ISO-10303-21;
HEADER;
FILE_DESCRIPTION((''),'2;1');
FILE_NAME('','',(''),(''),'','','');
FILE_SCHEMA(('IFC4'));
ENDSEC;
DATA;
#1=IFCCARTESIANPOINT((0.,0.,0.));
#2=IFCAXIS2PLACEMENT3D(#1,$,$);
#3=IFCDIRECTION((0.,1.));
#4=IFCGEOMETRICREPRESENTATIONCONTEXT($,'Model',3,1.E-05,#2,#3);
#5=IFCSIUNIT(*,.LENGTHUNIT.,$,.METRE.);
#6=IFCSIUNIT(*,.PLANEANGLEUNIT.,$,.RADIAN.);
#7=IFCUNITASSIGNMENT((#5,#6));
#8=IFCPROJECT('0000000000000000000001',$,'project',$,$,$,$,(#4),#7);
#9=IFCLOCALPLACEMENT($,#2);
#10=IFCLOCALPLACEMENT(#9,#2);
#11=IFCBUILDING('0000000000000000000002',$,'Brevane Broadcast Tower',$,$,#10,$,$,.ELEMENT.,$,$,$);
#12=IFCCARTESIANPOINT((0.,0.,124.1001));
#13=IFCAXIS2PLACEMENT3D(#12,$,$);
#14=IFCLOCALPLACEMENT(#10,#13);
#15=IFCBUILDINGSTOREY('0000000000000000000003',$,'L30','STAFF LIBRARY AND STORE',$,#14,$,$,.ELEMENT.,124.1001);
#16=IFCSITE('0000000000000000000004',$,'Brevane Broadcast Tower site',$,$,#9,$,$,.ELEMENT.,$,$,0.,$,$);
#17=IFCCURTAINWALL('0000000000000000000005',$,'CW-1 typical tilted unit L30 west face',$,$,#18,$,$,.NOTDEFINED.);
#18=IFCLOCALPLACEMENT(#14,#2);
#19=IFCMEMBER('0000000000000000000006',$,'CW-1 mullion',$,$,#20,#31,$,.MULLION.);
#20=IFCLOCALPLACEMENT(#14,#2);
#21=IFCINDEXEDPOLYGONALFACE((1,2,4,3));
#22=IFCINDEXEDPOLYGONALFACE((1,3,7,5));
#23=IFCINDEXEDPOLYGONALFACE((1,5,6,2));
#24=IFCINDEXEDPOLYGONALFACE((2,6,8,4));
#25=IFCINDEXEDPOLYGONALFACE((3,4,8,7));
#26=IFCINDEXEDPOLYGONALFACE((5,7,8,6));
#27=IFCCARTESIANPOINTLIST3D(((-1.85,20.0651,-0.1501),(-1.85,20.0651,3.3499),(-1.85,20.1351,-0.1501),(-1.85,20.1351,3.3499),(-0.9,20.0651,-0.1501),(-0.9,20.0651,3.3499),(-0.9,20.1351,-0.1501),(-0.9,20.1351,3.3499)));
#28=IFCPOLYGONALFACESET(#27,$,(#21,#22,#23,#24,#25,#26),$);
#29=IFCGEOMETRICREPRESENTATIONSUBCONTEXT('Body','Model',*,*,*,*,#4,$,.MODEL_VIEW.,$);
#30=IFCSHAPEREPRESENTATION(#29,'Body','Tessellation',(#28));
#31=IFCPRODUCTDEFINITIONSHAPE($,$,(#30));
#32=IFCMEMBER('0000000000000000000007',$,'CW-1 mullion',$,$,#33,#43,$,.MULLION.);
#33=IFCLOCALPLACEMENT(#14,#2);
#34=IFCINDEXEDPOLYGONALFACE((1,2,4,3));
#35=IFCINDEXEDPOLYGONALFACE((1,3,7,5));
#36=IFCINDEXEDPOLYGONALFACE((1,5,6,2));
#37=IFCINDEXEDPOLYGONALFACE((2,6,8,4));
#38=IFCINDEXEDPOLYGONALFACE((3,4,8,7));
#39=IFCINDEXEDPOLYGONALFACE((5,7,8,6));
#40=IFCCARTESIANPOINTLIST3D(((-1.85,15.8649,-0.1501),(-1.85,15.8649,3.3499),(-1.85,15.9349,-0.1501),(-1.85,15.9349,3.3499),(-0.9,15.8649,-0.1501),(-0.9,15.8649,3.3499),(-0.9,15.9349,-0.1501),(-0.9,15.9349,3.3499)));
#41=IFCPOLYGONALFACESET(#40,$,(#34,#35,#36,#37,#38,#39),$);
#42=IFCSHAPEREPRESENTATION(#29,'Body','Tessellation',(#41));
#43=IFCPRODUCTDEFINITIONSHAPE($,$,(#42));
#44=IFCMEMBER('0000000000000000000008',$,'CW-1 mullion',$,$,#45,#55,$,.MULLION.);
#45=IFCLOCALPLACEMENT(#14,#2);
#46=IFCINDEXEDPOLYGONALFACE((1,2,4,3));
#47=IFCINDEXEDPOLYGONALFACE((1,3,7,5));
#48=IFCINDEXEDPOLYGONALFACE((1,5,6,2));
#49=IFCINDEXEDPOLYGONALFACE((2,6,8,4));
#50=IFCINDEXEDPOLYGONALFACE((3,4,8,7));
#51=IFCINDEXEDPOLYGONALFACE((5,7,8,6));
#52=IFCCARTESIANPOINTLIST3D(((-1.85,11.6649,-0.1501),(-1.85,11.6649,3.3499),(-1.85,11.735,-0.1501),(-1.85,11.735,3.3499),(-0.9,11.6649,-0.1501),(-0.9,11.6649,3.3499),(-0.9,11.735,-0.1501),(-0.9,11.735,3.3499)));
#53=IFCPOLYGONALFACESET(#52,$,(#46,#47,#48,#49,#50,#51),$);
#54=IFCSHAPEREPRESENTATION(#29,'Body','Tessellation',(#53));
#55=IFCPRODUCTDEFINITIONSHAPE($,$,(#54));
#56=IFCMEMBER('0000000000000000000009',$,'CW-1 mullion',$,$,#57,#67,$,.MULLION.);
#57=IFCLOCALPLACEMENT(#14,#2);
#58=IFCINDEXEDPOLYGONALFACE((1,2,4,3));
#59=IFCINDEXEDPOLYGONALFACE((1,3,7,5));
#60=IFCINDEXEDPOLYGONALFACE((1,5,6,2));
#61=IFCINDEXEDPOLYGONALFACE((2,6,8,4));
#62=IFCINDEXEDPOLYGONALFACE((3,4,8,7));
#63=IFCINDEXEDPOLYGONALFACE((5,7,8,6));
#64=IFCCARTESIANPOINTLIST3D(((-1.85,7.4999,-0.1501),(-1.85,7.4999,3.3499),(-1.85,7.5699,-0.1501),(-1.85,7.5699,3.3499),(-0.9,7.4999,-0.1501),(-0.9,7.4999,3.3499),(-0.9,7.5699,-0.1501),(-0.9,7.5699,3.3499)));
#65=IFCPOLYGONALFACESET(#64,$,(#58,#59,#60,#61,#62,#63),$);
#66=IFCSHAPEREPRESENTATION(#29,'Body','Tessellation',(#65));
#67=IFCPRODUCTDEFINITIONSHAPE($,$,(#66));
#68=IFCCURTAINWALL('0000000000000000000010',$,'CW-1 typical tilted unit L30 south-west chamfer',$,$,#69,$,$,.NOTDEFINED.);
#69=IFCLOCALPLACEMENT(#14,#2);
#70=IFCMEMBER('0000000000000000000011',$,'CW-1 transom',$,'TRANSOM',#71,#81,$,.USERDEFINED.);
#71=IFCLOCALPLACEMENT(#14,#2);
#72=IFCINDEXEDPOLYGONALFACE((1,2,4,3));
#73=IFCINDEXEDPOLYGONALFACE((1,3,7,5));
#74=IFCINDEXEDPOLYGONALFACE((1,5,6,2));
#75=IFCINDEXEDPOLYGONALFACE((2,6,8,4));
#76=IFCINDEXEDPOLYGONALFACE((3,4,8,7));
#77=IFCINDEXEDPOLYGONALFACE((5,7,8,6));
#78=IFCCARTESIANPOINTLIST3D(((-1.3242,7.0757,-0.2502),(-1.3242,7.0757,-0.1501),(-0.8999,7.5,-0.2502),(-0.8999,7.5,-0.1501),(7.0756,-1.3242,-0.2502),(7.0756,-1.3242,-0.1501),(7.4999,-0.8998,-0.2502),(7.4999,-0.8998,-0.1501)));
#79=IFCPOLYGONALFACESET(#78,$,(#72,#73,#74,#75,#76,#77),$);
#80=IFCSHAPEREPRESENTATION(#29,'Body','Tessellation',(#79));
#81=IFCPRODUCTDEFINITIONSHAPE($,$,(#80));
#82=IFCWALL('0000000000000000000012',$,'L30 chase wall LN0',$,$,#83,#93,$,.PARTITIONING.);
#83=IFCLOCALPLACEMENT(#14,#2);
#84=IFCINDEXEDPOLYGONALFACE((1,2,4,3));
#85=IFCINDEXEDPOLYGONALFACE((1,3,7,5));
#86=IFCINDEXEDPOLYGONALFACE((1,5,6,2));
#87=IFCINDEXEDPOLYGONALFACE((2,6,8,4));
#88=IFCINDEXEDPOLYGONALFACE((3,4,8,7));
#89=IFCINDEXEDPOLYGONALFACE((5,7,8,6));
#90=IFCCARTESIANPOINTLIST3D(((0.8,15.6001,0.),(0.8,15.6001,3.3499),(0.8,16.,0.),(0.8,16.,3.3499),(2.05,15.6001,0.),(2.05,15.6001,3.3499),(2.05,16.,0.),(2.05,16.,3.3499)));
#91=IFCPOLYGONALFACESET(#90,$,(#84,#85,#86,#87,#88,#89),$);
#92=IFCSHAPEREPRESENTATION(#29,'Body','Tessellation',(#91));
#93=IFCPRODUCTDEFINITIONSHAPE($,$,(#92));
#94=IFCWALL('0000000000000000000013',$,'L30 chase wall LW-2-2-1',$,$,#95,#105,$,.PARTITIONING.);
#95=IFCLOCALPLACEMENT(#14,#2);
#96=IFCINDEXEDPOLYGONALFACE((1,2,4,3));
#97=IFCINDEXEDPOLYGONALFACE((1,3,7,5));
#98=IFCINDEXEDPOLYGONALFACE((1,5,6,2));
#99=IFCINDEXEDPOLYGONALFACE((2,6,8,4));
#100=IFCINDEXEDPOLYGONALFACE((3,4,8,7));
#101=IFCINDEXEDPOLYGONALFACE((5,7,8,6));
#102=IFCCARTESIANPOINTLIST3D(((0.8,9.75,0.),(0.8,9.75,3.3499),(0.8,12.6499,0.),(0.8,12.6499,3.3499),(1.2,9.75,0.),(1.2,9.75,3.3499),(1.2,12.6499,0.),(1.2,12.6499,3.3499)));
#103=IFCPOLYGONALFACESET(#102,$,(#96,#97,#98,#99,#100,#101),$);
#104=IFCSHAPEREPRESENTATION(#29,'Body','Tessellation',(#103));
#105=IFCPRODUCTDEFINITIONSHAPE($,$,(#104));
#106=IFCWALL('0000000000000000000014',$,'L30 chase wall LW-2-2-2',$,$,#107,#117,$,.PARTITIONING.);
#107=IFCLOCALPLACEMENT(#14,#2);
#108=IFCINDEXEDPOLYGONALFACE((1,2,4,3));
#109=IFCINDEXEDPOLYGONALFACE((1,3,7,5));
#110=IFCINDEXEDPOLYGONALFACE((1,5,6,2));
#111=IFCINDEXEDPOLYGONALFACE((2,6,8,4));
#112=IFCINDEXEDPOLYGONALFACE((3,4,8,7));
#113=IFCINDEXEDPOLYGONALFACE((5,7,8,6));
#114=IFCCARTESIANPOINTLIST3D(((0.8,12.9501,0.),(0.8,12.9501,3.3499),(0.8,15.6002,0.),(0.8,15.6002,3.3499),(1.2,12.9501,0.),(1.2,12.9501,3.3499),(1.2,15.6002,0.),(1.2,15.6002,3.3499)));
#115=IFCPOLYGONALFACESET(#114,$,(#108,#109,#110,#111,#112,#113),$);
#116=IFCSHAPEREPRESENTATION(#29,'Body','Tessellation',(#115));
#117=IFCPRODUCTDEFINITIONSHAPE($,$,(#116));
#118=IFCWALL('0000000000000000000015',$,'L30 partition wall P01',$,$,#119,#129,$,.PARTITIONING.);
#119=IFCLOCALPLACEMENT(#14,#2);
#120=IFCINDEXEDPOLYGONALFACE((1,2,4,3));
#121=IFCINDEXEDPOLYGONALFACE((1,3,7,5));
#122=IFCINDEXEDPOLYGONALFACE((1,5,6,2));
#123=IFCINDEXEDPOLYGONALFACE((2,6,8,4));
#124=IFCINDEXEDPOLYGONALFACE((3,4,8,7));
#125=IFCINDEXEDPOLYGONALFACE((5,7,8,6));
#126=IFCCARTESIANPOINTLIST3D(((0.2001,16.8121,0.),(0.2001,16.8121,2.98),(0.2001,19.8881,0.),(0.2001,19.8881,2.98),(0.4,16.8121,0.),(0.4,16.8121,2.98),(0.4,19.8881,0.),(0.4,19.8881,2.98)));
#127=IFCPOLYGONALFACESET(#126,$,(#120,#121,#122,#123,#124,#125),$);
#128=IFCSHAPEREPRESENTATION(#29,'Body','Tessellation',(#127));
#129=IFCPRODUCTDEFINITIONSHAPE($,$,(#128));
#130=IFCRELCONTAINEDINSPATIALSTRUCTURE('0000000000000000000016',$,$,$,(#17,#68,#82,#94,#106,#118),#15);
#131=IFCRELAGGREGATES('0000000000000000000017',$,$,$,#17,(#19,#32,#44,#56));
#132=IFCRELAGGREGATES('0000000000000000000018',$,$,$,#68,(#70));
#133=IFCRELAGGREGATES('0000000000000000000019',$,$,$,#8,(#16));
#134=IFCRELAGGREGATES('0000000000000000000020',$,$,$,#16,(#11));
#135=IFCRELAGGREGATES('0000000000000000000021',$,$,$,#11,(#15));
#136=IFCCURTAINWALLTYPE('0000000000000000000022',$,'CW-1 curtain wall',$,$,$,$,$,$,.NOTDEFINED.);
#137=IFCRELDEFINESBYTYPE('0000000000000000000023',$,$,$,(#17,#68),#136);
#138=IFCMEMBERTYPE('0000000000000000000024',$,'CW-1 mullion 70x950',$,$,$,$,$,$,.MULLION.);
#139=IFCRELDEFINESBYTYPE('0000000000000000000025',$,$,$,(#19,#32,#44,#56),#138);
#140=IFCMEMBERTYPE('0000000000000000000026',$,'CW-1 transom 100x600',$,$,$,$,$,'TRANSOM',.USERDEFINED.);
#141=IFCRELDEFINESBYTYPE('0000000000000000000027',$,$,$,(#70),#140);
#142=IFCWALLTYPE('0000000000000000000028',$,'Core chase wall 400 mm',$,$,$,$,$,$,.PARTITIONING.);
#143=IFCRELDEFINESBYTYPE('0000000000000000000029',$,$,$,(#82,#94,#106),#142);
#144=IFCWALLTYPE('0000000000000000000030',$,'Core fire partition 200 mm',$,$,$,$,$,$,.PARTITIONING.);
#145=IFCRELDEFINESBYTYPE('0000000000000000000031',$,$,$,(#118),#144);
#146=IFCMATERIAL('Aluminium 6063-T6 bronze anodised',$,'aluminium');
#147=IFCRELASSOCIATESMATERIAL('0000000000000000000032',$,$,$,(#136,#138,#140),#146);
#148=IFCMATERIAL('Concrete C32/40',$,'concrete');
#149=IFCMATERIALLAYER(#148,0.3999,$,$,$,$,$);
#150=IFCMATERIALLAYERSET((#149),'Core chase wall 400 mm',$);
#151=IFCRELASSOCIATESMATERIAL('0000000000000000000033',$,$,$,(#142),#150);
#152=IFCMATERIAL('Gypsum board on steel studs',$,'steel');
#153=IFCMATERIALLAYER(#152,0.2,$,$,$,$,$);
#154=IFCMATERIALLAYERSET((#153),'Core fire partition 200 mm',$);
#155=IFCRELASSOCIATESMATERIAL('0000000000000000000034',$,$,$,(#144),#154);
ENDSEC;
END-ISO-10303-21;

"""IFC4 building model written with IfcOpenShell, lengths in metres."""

from ifc_helpers import new_model, si_unit, direction, frame, frame_2d, origin, origin_2d, place, context, subcontext, project, spatial, rectangle, extrude, material, layer, layer_set, material_profile, profile_set, type_object, element, aggregate, save


model = new_model("IFC4")

# Units and contexts
model_context = context("Model", 3, precision=1e-05, world=origin(), true_north=direction((0.0, 1.0)))
body_context = subcontext(model_context, "Body", "Model", "MODEL_VIEW")
ifc_project = project(units=[si_unit("LENGTHUNIT", "METRE"), si_unit("PLANEANGLEUNIT", "RADIAN")], contexts=[model_context])

# Site, building, storey
site_placement = place(None, origin())
site = spatial("IfcSite", under=ifc_project, at=site_placement, Name="Brevane Broadcast Tower site", CompositionType="ELEMENT", RefElevation=0.0)
building_placement = place(site_placement, origin())
building = spatial("IfcBuilding", under=site, at=building_placement, Name="Brevane Broadcast Tower", CompositionType="ELEMENT")
storey_placement = place(building_placement, frame((0.0, 0.0, 124.1001)))
storey = spatial("IfcBuildingStorey", under=building, at=storey_placement, Name="L30", Description="STAFF LIBRARY AND STORE", CompositionType="ELEMENT", Elevation=124.1001)

# Curtain wall, members
ifc_material_1 = material(Name="Aluminium 6063-T6 bronze anodised", Category="aluminium")
curtain_wall_type = type_object("IfcCurtainWallType", Name="CW-1 curtain wall", PredefinedType="NOTDEFINED", material=ifc_material_1)
curtain_wall_1_placement = place(storey_placement, origin())
curtain_wall_1 = element("IfcCurtainWall", 1, at=curtain_wall_1_placement, inside=storey, type_object=curtain_wall_type, Name="CW-1 typical tilted unit L30 west face", PredefinedType="NOTDEFINED")
ifc_material_profile_1 = material_profile(ifc_material_1, rectangle(XDim=0.95, YDim=0.0701, at=origin_2d()), Name="RECT 70x950")
ifc_profile_set_1 = profile_set([ifc_material_profile_1], Name="Aluminium 6063-T6 bronze anodised")
member_type_1 = type_object("IfcMemberType", Name="CW-1 mullion 70x950", PredefinedType="MULLION", material=ifc_profile_set_1)
member_1_placement = place(storey_placement, frame((-1.375, 20.1001, -0.1501), z_axis=(0.0, 0.0, 1.0), x_axis=(1.0, 0.0, 0.0)))
member_1 = element("IfcMember", 2, at=member_1_placement, type_object=member_type_1, Name="CW-1 mullion", PredefinedType="MULLION", context=body_context, shape_type="SweptSolid", body=[
    extrude(rectangle(XDim=0.95, YDim=0.0701, at=origin_2d()), origin(), (0.0, 0.0, 1.0), 3.5),
])
member_2_placement = place(storey_placement, frame((-1.375, 15.8999, -0.1501), z_axis=(0.0, 0.0, 1.0), x_axis=(1.0, 0.0, 0.0)))
member_2 = element("IfcMember", 3, at=member_2_placement, type_object=member_type_1, Name="CW-1 mullion", PredefinedType="MULLION", context=body_context, shape_type="SweptSolid", body=[
    extrude(rectangle(XDim=0.95, YDim=0.0701, at=origin_2d()), origin(), (0.0, 0.0, 1.0), 3.5),
])
member_3_placement = place(storey_placement, frame((-1.375, 11.7, -0.1501), z_axis=(0.0, 0.0, 1.0), x_axis=(1.0, 0.0, 0.0)))
member_3 = element("IfcMember", 4, at=member_3_placement, type_object=member_type_1, Name="CW-1 mullion", PredefinedType="MULLION", context=body_context, shape_type="SweptSolid", body=[
    extrude(rectangle(XDim=0.95, YDim=0.0701, at=origin_2d()), origin(), (0.0, 0.0, 1.0), 3.5),
])
member_4_placement = place(storey_placement, frame((-1.375, 7.5349, -0.1501), z_axis=(0.0, 0.0, 1.0), x_axis=(1.0, 0.0, 0.0)))
member_4 = element("IfcMember", 5, at=member_4_placement, type_object=member_type_1, Name="CW-1 mullion", PredefinedType="MULLION", context=body_context, shape_type="SweptSolid", body=[
    extrude(rectangle(XDim=0.95, YDim=0.0701, at=origin_2d()), origin(), (0.0, 0.0, 1.0), 3.5),
])
aggregate(curtain_wall_1, [member_1, member_2, member_3, member_4])

# Curtain wall, member
curtain_wall_2_placement = place(storey_placement, origin())
curtain_wall_2 = element("IfcCurtainWall", 6, at=curtain_wall_2_placement, inside=storey, type_object=curtain_wall_type, Name="CW-1 typical tilted unit L30 south-west chamfer", PredefinedType="NOTDEFINED")
ifc_material_profile_2 = material_profile(ifc_material_1, rectangle(XDim=0.6001, YDim=0.1001, at=origin_2d()), Name="RECT 100x600")
ifc_profile_set_2 = profile_set([ifc_material_profile_2], Name="Aluminium 6063-T6 bronze anodised")
member_type_2 = type_object("IfcMemberType", Name="CW-1 transom 100x600", ElementType="TRANSOM", PredefinedType="USERDEFINED", material=ifc_profile_set_2)
member_5_placement = place(storey_placement, frame((-1.1121, 7.2878, -0.2002), z_axis=(0.707107, -0.707107, 0.0), x_axis=(0.707107, 0.707107, 0.0)))
member_5 = element("IfcMember", 7, at=member_5_placement, type_object=member_type_2, Name="CW-1 transom", ObjectType="TRANSOM", PredefinedType="USERDEFINED", context=body_context, shape_type="SweptSolid", body=[
    extrude(rectangle(XDim=0.6001, YDim=0.1001, at=origin_2d()), origin(), (0.0, 0.0, 1.0), 11.8792),
])
aggregate(curtain_wall_2, [member_5])

# Walls
ifc_material_2 = material(Name="Concrete C32/40", Category="concrete")
ifc_layer_1 = layer(ifc_material_2, 0.3999)
ifc_layer_set_1 = layer_set([ifc_layer_1], Name="Core chase wall 400 mm")
wall_type_1 = type_object("IfcWallType", Name="Core chase wall 400 mm", PredefinedType="PARTITIONING", material=ifc_layer_set_1)
wall_1_placement = place(storey_placement, frame((0.8, 15.8, 0.0), z_axis=(0.0, 0.0, 1.0), x_axis=(1.0, 0.0, 0.0)))
element("IfcWall", 8, at=wall_1_placement, inside=storey, type_object=wall_type_1, Name="L30 chase wall LN0", PredefinedType="PARTITIONING", context=body_context, shape_type="SweptSolid", body=[
    extrude(rectangle(XDim=1.25, YDim=0.3999, at=frame_2d((0.625, 0.0))), origin(), (0.0, 0.0, 1.0), 3.3499),
])
wall_2_placement = place(storey_placement, frame((1.0, 9.75, 0.0), z_axis=(0.0, 0.0, 1.0), x_axis=(0.0, 1.0, 0.0)))
element("IfcWall", 9, at=wall_2_placement, inside=storey, type_object=wall_type_1, Name="L30 chase wall LW-2-2-1", PredefinedType="PARTITIONING", context=body_context, shape_type="SweptSolid", body=[
    extrude(rectangle(XDim=2.8999, YDim=0.3999, at=frame_2d((1.45, 0.0))), origin(), (0.0, 0.0, 1.0), 3.3499),
])
wall_3_placement = place(storey_placement, frame((1.0, 12.95, 0.0), z_axis=(0.0, 0.0, 1.0), x_axis=(0.0, 1.0, 0.0)))
element("IfcWall", 10, at=wall_3_placement, inside=storey, type_object=wall_type_1, Name="L30 chase wall LW-2-2-2", PredefinedType="PARTITIONING", context=body_context, shape_type="SweptSolid", body=[
    extrude(rectangle(XDim=2.6501, YDim=0.3999, at=frame_2d((1.3252, 0.0))), origin(), (0.0, 0.0, 1.0), 3.3499),
])
ifc_material_3 = material(Name="Gypsum board on steel studs", Category="steel")
ifc_layer_2 = layer(ifc_material_3, 0.2)
ifc_layer_set_2 = layer_set([ifc_layer_2], Name="Core fire partition 200 mm")
wall_type_2 = type_object("IfcWallType", Name="Core fire partition 200 mm", PredefinedType="PARTITIONING", material=ifc_layer_set_2)
wall_4_placement = place(storey_placement, frame((0.3, 16.812, 0.0), z_axis=(0.0, 0.0, 1.0), x_axis=(0.0, 1.0, 0.0)))
element("IfcWall", 11, at=wall_4_placement, inside=storey, type_object=wall_type_2, Name="L30 partition wall P01", PredefinedType="PARTITIONING", context=body_context, shape_type="SweptSolid", body=[
    extrude(rectangle(XDim=3.0759, YDim=0.2, at=frame_2d((1.5381, 0.0))), origin(), (0.0, 0.0, 1.0), 2.98),
])

save(model, "model.ifc")
